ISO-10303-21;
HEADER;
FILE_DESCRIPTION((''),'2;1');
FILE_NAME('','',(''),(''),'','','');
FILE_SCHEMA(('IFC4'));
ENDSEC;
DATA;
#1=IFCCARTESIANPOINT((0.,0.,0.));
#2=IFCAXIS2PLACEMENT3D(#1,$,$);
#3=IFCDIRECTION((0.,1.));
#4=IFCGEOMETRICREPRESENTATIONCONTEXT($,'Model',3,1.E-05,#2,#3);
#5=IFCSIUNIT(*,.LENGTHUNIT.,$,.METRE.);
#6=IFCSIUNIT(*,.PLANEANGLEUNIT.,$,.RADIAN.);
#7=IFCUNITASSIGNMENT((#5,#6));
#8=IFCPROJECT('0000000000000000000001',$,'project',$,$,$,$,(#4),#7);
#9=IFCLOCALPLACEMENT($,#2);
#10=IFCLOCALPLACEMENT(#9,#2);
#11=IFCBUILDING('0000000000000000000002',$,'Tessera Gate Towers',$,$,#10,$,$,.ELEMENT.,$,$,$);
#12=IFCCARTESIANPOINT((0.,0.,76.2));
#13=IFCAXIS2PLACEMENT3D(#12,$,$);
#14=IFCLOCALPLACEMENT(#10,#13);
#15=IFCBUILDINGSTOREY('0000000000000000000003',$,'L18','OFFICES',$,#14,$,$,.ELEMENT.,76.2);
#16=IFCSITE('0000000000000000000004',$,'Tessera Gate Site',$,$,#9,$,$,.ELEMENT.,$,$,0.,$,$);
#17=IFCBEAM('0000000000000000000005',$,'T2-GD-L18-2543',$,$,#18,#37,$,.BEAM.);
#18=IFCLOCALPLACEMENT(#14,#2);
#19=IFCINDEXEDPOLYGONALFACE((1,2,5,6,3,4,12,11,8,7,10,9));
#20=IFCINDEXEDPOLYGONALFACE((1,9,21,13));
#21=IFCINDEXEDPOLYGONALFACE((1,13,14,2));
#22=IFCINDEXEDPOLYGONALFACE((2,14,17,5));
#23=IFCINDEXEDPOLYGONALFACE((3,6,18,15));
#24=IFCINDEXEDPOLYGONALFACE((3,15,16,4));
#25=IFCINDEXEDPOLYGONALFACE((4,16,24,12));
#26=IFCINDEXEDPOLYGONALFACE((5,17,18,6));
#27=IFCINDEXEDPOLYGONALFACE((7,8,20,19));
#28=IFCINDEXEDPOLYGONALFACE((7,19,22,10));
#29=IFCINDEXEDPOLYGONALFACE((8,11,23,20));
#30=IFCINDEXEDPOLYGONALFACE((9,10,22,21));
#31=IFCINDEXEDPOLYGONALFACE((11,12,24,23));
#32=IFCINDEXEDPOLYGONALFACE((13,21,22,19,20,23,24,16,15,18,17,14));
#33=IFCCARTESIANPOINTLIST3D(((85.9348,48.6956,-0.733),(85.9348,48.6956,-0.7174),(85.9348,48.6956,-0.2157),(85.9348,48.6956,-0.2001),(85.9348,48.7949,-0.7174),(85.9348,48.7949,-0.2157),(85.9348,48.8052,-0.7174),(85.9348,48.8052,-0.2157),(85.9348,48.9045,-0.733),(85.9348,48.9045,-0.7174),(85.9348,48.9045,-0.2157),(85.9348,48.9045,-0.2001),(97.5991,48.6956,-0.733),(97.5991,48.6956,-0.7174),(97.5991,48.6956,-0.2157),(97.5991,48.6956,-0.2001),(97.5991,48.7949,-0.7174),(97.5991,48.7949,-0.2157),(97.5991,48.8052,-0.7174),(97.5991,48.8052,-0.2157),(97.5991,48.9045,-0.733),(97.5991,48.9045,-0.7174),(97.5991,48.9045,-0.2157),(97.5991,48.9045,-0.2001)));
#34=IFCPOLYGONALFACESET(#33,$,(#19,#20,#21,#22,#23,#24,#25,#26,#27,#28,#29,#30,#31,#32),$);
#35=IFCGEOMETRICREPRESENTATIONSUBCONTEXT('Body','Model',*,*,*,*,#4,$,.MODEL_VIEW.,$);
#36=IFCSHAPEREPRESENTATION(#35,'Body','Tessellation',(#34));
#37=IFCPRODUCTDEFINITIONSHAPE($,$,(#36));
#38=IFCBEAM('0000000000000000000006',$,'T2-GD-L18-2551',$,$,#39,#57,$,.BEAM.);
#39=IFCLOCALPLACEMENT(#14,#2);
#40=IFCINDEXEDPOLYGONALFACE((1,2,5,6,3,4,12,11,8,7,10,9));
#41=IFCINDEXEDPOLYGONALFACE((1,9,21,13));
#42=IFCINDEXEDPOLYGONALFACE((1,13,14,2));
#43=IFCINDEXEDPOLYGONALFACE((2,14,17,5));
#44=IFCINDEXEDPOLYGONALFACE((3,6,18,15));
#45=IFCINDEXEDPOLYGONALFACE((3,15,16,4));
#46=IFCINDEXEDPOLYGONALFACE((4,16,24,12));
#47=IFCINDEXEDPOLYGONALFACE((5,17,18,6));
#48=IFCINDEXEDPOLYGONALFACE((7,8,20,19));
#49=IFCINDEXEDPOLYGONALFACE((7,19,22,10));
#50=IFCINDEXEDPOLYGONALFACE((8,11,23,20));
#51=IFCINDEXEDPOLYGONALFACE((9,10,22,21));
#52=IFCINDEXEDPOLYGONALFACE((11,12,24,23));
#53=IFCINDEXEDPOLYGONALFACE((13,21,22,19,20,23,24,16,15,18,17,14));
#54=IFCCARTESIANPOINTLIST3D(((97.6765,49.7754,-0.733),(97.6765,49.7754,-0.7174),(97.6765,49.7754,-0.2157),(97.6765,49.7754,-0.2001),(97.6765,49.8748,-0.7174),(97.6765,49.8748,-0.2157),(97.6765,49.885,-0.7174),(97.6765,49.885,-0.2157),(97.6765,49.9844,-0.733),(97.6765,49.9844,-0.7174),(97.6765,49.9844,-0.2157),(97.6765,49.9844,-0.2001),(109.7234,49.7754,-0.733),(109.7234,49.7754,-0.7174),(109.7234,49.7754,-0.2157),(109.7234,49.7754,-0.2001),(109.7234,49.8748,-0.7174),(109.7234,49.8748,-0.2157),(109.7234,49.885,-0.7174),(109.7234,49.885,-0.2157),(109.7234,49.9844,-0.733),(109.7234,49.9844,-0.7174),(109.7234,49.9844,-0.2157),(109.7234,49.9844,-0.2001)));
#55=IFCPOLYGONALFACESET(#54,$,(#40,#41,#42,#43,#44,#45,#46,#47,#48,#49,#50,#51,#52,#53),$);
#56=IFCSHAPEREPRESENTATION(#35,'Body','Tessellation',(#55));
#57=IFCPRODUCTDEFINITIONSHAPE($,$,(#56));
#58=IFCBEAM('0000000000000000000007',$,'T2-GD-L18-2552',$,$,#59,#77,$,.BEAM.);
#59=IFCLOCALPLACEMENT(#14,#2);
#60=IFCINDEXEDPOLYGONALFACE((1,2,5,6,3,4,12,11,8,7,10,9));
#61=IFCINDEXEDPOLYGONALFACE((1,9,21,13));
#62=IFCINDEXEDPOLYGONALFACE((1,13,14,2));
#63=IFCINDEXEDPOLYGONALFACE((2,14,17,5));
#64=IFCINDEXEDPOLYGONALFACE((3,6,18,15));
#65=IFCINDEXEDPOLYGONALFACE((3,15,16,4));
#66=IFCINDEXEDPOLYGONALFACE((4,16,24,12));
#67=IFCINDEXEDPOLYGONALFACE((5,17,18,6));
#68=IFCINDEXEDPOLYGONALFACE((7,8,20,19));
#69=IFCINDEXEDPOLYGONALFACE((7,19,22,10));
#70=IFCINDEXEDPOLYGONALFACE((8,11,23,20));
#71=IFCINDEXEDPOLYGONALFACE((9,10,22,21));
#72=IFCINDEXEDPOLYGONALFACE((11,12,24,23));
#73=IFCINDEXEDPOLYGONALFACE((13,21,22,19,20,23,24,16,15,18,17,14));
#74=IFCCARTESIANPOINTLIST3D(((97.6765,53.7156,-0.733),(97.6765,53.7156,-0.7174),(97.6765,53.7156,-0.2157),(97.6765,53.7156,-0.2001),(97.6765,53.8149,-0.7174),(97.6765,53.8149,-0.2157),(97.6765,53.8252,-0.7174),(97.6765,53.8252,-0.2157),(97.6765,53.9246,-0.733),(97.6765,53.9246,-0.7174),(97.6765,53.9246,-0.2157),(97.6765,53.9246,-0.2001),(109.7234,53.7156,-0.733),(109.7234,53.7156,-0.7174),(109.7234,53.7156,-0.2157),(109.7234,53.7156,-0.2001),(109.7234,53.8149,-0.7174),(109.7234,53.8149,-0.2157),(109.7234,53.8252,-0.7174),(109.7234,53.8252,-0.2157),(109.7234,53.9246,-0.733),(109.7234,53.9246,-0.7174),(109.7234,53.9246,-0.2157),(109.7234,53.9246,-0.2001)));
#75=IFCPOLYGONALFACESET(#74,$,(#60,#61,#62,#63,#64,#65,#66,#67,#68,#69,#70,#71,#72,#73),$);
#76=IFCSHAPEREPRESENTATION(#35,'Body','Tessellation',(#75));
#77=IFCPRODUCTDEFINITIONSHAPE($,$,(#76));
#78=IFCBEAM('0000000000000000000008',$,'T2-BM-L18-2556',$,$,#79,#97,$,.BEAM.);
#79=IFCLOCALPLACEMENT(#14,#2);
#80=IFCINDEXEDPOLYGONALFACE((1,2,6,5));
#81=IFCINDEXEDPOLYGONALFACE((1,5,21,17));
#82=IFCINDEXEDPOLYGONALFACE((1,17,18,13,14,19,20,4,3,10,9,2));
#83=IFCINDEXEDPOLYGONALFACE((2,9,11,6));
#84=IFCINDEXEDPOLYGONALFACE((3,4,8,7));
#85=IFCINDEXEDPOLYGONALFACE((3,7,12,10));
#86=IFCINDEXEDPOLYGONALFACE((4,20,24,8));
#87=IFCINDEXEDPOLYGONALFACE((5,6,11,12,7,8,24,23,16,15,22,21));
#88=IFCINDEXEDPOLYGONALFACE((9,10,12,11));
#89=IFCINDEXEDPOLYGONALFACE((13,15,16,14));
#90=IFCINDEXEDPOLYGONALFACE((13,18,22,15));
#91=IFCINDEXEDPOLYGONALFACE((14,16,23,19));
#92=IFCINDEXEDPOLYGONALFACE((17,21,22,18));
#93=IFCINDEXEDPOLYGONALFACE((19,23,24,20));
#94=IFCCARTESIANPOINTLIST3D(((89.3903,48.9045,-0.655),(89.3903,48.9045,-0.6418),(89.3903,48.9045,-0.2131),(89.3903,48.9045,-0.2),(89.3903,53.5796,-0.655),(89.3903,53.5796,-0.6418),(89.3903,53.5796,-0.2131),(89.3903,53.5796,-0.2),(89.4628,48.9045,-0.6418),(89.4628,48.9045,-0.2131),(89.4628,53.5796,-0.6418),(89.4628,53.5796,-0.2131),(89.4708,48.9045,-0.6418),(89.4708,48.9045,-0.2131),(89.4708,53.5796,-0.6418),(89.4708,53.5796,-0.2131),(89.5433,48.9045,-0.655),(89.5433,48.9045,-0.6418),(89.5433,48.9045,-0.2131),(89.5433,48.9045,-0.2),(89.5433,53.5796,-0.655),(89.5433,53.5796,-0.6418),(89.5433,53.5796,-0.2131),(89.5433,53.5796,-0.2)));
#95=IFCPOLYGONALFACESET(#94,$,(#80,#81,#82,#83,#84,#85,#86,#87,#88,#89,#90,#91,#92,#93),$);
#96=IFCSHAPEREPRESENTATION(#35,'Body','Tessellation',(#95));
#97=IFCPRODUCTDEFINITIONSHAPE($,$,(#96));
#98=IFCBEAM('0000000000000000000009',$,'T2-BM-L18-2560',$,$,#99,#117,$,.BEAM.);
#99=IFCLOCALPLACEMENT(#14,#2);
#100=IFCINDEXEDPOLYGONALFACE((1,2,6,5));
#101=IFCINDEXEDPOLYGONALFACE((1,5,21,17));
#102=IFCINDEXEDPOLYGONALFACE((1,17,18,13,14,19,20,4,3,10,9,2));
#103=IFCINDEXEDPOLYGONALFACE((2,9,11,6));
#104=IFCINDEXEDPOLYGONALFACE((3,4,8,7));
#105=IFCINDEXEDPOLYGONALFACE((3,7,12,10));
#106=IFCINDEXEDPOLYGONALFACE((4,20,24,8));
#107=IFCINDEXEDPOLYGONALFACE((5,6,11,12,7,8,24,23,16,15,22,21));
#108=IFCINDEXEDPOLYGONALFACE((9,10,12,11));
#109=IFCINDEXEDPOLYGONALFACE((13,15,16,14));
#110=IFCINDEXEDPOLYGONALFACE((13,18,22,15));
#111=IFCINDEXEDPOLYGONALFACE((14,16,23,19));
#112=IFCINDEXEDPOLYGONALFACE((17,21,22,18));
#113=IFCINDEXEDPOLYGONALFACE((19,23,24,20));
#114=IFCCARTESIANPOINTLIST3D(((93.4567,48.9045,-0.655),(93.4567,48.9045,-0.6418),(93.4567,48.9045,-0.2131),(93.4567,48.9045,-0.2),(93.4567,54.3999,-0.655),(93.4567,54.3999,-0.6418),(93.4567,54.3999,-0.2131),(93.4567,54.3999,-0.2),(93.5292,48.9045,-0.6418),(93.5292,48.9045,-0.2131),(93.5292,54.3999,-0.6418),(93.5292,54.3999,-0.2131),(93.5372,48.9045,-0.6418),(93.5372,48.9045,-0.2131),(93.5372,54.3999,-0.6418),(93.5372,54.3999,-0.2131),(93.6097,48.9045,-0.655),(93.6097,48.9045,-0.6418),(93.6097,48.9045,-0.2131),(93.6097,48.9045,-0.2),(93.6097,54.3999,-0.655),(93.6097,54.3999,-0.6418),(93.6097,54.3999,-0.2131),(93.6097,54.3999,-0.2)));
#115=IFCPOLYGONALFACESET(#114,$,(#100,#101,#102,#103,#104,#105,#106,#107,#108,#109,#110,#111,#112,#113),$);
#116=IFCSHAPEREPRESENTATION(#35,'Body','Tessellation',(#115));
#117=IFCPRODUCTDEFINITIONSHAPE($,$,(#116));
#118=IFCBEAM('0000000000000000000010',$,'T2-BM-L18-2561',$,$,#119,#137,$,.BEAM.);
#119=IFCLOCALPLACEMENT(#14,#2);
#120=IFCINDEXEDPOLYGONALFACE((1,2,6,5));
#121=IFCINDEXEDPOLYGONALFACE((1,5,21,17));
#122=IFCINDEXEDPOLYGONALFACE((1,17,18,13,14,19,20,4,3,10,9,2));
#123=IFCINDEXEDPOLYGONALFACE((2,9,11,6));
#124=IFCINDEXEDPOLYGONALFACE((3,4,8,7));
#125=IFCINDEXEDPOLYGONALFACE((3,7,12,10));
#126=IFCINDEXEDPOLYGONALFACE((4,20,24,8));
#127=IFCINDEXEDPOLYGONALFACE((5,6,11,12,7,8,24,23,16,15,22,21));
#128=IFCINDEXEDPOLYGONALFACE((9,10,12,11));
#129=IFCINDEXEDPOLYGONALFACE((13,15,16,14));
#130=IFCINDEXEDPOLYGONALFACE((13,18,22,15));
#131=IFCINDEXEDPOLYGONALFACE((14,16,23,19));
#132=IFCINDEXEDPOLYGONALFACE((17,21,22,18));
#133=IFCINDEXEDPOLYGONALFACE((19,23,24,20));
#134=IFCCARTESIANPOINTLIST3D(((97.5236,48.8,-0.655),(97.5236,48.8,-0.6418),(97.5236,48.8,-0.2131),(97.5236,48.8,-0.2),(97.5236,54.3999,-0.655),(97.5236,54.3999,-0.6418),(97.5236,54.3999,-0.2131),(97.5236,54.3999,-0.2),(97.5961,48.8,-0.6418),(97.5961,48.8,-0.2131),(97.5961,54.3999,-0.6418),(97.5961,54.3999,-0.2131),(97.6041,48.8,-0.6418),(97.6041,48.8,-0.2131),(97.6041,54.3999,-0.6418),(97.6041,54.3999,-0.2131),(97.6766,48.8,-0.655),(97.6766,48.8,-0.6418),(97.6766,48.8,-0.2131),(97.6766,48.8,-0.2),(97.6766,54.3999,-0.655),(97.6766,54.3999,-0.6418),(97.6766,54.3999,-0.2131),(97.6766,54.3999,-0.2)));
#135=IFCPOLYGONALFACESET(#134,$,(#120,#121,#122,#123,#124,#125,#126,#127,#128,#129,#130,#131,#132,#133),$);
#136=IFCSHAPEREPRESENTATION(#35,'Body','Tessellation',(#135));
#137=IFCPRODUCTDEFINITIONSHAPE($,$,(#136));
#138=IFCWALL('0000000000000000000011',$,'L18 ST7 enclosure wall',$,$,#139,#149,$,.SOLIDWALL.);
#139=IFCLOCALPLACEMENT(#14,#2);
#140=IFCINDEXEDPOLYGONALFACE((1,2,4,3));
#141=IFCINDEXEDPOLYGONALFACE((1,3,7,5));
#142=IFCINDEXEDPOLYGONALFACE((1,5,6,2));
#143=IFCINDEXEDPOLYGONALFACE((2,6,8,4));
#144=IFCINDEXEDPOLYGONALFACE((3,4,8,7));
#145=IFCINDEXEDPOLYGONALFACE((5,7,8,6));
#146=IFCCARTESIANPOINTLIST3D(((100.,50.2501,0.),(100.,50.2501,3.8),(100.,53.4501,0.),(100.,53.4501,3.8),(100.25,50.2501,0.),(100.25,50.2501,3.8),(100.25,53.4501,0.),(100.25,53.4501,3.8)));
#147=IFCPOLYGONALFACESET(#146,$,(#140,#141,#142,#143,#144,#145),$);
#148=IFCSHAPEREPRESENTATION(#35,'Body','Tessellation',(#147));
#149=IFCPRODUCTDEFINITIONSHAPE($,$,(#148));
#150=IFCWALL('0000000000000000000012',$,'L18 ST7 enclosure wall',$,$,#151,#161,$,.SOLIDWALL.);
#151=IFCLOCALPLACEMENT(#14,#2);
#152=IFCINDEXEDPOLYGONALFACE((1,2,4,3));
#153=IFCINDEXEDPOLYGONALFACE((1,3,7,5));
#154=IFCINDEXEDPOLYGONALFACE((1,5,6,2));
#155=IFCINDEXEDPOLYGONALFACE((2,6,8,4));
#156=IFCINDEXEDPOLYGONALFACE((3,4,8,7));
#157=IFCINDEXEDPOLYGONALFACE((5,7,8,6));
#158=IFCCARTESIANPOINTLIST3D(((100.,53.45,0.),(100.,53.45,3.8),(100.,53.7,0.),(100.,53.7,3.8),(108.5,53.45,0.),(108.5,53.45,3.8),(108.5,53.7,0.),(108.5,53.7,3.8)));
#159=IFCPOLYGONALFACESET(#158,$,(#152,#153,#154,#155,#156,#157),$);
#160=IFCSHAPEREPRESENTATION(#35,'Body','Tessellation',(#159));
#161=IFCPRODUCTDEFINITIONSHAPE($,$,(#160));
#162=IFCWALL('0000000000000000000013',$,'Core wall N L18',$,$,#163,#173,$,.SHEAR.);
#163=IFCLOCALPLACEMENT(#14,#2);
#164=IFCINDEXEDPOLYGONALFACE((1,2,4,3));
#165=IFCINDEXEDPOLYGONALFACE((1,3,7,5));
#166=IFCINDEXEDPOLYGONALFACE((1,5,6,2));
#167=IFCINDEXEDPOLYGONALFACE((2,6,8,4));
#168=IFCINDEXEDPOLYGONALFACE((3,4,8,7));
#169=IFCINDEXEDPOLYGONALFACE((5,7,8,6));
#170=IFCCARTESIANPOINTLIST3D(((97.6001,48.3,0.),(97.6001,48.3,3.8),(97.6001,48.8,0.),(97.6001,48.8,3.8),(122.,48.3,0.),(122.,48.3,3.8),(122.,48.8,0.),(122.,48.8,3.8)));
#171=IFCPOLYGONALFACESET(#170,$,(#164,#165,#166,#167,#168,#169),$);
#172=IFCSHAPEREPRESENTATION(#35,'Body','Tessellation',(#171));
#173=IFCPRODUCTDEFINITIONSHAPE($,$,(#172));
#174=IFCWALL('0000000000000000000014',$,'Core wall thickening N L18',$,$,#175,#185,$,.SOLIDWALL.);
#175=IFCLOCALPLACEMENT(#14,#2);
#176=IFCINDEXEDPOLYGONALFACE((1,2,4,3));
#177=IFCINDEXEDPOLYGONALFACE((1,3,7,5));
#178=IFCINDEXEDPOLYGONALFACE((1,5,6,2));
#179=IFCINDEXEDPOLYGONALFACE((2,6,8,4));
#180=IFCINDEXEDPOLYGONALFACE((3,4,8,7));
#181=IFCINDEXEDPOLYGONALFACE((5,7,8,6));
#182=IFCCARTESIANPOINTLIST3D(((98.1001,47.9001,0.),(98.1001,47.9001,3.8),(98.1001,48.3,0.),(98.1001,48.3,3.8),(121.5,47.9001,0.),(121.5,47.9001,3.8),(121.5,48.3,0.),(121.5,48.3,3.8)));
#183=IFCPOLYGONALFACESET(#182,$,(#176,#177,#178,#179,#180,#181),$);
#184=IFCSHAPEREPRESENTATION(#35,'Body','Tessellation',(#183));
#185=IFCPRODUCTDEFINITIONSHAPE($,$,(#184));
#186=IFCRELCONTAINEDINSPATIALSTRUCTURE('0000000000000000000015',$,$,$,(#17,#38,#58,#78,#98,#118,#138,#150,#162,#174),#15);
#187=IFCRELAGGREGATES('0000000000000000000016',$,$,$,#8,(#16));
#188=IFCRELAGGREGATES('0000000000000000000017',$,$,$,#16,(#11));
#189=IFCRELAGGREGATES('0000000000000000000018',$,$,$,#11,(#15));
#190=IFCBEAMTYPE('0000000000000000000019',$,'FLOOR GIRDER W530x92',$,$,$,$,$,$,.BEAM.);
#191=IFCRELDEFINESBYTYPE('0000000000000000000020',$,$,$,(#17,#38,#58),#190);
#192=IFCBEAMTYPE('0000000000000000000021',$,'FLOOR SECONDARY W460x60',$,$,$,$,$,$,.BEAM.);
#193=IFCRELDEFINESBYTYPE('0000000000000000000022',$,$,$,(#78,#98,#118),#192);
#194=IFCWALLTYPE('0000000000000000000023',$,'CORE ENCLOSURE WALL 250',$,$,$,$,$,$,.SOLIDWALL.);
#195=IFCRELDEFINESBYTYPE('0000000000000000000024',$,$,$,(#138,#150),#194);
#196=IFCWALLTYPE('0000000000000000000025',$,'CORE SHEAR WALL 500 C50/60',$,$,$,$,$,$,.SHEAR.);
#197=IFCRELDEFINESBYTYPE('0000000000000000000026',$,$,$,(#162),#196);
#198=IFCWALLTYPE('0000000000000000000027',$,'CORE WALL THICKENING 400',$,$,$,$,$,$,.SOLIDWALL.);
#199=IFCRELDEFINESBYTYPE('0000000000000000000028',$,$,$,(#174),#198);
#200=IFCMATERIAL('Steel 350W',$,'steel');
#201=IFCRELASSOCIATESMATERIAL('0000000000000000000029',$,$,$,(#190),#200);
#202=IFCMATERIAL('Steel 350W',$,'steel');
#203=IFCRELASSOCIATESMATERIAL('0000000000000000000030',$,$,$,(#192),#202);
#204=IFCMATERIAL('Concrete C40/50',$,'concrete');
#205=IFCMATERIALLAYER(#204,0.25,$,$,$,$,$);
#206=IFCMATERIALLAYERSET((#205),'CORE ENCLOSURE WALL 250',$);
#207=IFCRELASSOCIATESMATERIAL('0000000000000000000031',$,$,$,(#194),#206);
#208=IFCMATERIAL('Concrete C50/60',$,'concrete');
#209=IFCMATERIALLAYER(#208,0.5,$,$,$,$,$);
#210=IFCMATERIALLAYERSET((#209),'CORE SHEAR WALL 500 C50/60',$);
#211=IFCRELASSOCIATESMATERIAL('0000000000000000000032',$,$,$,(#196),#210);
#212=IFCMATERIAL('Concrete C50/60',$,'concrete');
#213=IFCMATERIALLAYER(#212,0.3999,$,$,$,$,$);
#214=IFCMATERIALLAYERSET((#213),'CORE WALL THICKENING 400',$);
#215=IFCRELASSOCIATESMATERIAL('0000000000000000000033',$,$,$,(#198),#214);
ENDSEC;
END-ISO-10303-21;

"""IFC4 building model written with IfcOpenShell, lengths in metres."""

from ifc_helpers import new_model, si_unit, direction, frame, frame_2d, origin, origin_2d, place, context, subcontext, project, spatial, rectangle, i_section, extrude, material, layer, layer_set, material_profile, profile_set, type_object, element, save


model = new_model("IFC4")

# Units and contexts
model_context = context("Model", 3, precision=1e-05, world=origin(), true_north=direction((0.0, 1.0)))
body_context = subcontext(model_context, "Body", "Model", "MODEL_VIEW")
ifc_project = project(units=[si_unit("LENGTHUNIT", "METRE"), si_unit("PLANEANGLEUNIT", "RADIAN")], contexts=[model_context])

# Site, building, storey
site_placement = place(None, origin())
site = spatial("IfcSite", under=ifc_project, at=site_placement, Name="Tessera Gate Site", CompositionType="ELEMENT", RefElevation=0.0)
building_placement = place(site_placement, origin())
building = spatial("IfcBuilding", under=site, at=building_placement, Name="Tessera Gate Towers", CompositionType="ELEMENT")
storey_placement = place(building_placement, frame((0.0, 0.0, 76.2)))
storey = spatial("IfcBuildingStorey", under=building, at=storey_placement, Name="L18", Description="OFFICES", CompositionType="ELEMENT", Elevation=76.2)

# Beams
ifc_material_1 = material(Name="Steel 350W", Category="steel")
ifc_material_profile_1 = material_profile(ifc_material_1, i_section(OverallWidth=0.209, OverallDepth=0.533, WebThickness=0.0103, FlangeThickness=0.0156, at=origin_2d()), Name="W530x92")
ifc_profile_set_1 = profile_set([ifc_material_profile_1], Name="Steel 350W")
beam_type_1 = type_object("IfcBeamType", Name="FLOOR GIRDER W530x92", PredefinedType="BEAM", material=ifc_profile_set_1)
beam_1_placement = place(storey_placement, frame((85.9348, 48.8, -0.4666), z_axis=(1.0, 0.0, 0.0), x_axis=(0.0, 1.0, 0.0)))
element("IfcBeam", 1, at=beam_1_placement, inside=storey, type_object=beam_type_1, Name="T2-GD-L18-2543", PredefinedType="BEAM", context=body_context, shape_type="SweptSolid", body=[
    extrude(i_section(OverallWidth=0.209, OverallDepth=0.533, WebThickness=0.0103, FlangeThickness=0.0156, at=origin_2d()), origin(), (0.0, 0.0, 1.0), 11.6643),
])
for number, where, z_axis, x_axis, name in (
    (2, (97.6765, 49.8799, -0.4666), (1.0, 0.0, 0.0), (0.0, 1.0, 0.0), "T2-GD-L18-2551"),
    (3, (97.6765, 53.8201, -0.4666), (1.0, 0.0, 0.0), (0.0, 1.0, 0.0), "T2-GD-L18-2552"),
):
    element("IfcBeam", number, at=place(storey_placement, frame(where, z_axis=z_axis, x_axis=x_axis)), inside=storey, type_object=beam_type_1, Name=name, PredefinedType="BEAM", context=body_context, shape_type="SweptSolid", body=[
        extrude(i_section(OverallWidth=0.209, OverallDepth=0.533, WebThickness=0.0103, FlangeThickness=0.0156, at=origin_2d()), origin(), (0.0, 0.0, 1.0), 12.0469),
    ])
ifc_material_2 = material(Name="Steel 350W", Category="steel")
ifc_material_profile_2 = material_profile(ifc_material_2, i_section(OverallWidth=0.1531, OverallDepth=0.4551, WebThickness=0.0081, FlangeThickness=0.0132, at=origin_2d()), Name="W460x60")
ifc_profile_set_2 = profile_set([ifc_material_profile_2], Name="Steel 350W")
beam_type_2 = type_object("IfcBeamType", Name="FLOOR SECONDARY W460x60", PredefinedType="BEAM", material=ifc_profile_set_2)
beam_2_placement = place(storey_placement, frame((89.4668, 48.9045, -0.4275), z_axis=(0.0, 1.0, 0.0), x_axis=(-1.0, 0.0, 0.0)))
element("IfcBeam", 4, at=beam_2_placement, inside=storey, type_object=beam_type_2, Name="T2-BM-L18-2556", PredefinedType="BEAM", context=body_context, shape_type="SweptSolid", body=[
    extrude(i_section(OverallWidth=0.1531, OverallDepth=0.4551, WebThickness=0.0081, FlangeThickness=0.0132, at=origin_2d()), origin(), (0.0, 0.0, 1.0), 4.675),
])
beam_3_placement = place(storey_placement, frame((93.5332, 48.9045, -0.4275), z_axis=(0.0, 1.0, 0.0), x_axis=(-1.0, 0.0, 0.0)))
element("IfcBeam", 5, at=beam_3_placement, inside=storey, type_object=beam_type_2, Name="T2-BM-L18-2560", PredefinedType="BEAM", context=body_context, shape_type="SweptSolid", body=[
    extrude(i_section(OverallWidth=0.1531, OverallDepth=0.4551, WebThickness=0.0081, FlangeThickness=0.0132, at=origin_2d()), origin(), (0.0, 0.0, 1.0), 5.4954),
])
beam_4_placement = place(storey_placement, frame((97.6001, 48.8, -0.4275), z_axis=(0.0, 1.0, 0.0), x_axis=(-1.0, 0.0, 0.0)))
element("IfcBeam", 6, at=beam_4_placement, inside=storey, type_object=beam_type_2, Name="T2-BM-L18-2561", PredefinedType="BEAM", context=body_context, shape_type="SweptSolid", body=[
    extrude(i_section(OverallWidth=0.1531, OverallDepth=0.4551, WebThickness=0.0081, FlangeThickness=0.0132, at=origin_2d()), origin(), (0.0, 0.0, 1.0), 5.5999),
])

# Walls
ifc_material_3 = material(Name="Concrete C40/50", Category="concrete")
ifc_layer_1 = layer(ifc_material_3, 0.25)
ifc_layer_set_1 = layer_set([ifc_layer_1], Name="CORE ENCLOSURE WALL 250")
wall_type_1 = type_object("IfcWallType", Name="CORE ENCLOSURE WALL 250", PredefinedType="SOLIDWALL", material=ifc_layer_set_1)
wall_1_placement = place(storey_placement, frame((100.125, 50.25, 0.0), z_axis=(0.0, 0.0, 1.0), x_axis=(0.0, 1.0, 0.0)))
element("IfcWall", 7, at=wall_1_placement, inside=storey, type_object=wall_type_1, Name="L18 ST7 enclosure wall", PredefinedType="SOLIDWALL", context=body_context, shape_type="SweptSolid", body=[
    extrude(rectangle(XDim=3.2, YDim=0.25, at=frame_2d((1.6001, 0.0))), origin(), (0.0, 0.0, 1.0), 3.8),
])
wall_2_placement = place(storey_placement, frame((100.0, 53.575, 0.0), z_axis=(0.0, 0.0, 1.0), x_axis=(1.0, 0.0, 0.0)))
element("IfcWall", 8, at=wall_2_placement, inside=storey, type_object=wall_type_1, Name="L18 ST7 enclosure wall", PredefinedType="SOLIDWALL", context=body_context, shape_type="SweptSolid", body=[
    extrude(rectangle(XDim=8.5, YDim=0.25, at=frame_2d((4.25, 0.0))), origin(), (0.0, 0.0, 1.0), 3.8),
])
ifc_material_4 = material(Name="Concrete C50/60", Category="concrete")
ifc_layer_2 = layer(ifc_material_4, 0.5)
ifc_layer_set_2 = layer_set([ifc_layer_2], Name="CORE SHEAR WALL 500 C50/60")
wall_type_2 = type_object("IfcWallType", Name="CORE SHEAR WALL 500 C50/60", PredefinedType="SHEAR", material=ifc_layer_set_2)
wall_3_placement = place(storey_placement, frame((97.6001, 48.55, 0.0), z_axis=(0.0, 0.0, 1.0), x_axis=(1.0, 0.0, 0.0)))
element("IfcWall", 9, at=wall_3_placement, inside=storey, type_object=wall_type_2, Name="Core wall N L18", PredefinedType="SHEAR", context=body_context, shape_type="SweptSolid", body=[
    extrude(rectangle(XDim=24.3999, YDim=0.5, at=frame_2d((12.2, 0.0))), origin(), (0.0, 0.0, 1.0), 3.8),
])
ifc_material_5 = material(Name="Concrete C50/60", Category="concrete")
ifc_layer_3 = layer(ifc_material_5, 0.3999)
ifc_layer_set_3 = layer_set([ifc_layer_3], Name="CORE WALL THICKENING 400")
wall_type_3 = type_object("IfcWallType", Name="CORE WALL THICKENING 400", PredefinedType="SOLIDWALL", material=ifc_layer_set_3)
wall_4_placement = place(storey_placement, frame((98.1001, 48.1001, 0.0), z_axis=(0.0, 0.0, 1.0), x_axis=(1.0, 0.0, 0.0)))
element("IfcWall", 10, at=wall_4_placement, inside=storey, type_object=wall_type_3, Name="Core wall thickening N L18", PredefinedType="SOLIDWALL", context=body_context, shape_type="SweptSolid", body=[
    extrude(rectangle(XDim=23.3999, YDim=0.3999, at=frame_2d((11.7, 0.0))), origin(), (0.0, 0.0, 1.0), 3.8),
])

save(model, "model.ifc")
